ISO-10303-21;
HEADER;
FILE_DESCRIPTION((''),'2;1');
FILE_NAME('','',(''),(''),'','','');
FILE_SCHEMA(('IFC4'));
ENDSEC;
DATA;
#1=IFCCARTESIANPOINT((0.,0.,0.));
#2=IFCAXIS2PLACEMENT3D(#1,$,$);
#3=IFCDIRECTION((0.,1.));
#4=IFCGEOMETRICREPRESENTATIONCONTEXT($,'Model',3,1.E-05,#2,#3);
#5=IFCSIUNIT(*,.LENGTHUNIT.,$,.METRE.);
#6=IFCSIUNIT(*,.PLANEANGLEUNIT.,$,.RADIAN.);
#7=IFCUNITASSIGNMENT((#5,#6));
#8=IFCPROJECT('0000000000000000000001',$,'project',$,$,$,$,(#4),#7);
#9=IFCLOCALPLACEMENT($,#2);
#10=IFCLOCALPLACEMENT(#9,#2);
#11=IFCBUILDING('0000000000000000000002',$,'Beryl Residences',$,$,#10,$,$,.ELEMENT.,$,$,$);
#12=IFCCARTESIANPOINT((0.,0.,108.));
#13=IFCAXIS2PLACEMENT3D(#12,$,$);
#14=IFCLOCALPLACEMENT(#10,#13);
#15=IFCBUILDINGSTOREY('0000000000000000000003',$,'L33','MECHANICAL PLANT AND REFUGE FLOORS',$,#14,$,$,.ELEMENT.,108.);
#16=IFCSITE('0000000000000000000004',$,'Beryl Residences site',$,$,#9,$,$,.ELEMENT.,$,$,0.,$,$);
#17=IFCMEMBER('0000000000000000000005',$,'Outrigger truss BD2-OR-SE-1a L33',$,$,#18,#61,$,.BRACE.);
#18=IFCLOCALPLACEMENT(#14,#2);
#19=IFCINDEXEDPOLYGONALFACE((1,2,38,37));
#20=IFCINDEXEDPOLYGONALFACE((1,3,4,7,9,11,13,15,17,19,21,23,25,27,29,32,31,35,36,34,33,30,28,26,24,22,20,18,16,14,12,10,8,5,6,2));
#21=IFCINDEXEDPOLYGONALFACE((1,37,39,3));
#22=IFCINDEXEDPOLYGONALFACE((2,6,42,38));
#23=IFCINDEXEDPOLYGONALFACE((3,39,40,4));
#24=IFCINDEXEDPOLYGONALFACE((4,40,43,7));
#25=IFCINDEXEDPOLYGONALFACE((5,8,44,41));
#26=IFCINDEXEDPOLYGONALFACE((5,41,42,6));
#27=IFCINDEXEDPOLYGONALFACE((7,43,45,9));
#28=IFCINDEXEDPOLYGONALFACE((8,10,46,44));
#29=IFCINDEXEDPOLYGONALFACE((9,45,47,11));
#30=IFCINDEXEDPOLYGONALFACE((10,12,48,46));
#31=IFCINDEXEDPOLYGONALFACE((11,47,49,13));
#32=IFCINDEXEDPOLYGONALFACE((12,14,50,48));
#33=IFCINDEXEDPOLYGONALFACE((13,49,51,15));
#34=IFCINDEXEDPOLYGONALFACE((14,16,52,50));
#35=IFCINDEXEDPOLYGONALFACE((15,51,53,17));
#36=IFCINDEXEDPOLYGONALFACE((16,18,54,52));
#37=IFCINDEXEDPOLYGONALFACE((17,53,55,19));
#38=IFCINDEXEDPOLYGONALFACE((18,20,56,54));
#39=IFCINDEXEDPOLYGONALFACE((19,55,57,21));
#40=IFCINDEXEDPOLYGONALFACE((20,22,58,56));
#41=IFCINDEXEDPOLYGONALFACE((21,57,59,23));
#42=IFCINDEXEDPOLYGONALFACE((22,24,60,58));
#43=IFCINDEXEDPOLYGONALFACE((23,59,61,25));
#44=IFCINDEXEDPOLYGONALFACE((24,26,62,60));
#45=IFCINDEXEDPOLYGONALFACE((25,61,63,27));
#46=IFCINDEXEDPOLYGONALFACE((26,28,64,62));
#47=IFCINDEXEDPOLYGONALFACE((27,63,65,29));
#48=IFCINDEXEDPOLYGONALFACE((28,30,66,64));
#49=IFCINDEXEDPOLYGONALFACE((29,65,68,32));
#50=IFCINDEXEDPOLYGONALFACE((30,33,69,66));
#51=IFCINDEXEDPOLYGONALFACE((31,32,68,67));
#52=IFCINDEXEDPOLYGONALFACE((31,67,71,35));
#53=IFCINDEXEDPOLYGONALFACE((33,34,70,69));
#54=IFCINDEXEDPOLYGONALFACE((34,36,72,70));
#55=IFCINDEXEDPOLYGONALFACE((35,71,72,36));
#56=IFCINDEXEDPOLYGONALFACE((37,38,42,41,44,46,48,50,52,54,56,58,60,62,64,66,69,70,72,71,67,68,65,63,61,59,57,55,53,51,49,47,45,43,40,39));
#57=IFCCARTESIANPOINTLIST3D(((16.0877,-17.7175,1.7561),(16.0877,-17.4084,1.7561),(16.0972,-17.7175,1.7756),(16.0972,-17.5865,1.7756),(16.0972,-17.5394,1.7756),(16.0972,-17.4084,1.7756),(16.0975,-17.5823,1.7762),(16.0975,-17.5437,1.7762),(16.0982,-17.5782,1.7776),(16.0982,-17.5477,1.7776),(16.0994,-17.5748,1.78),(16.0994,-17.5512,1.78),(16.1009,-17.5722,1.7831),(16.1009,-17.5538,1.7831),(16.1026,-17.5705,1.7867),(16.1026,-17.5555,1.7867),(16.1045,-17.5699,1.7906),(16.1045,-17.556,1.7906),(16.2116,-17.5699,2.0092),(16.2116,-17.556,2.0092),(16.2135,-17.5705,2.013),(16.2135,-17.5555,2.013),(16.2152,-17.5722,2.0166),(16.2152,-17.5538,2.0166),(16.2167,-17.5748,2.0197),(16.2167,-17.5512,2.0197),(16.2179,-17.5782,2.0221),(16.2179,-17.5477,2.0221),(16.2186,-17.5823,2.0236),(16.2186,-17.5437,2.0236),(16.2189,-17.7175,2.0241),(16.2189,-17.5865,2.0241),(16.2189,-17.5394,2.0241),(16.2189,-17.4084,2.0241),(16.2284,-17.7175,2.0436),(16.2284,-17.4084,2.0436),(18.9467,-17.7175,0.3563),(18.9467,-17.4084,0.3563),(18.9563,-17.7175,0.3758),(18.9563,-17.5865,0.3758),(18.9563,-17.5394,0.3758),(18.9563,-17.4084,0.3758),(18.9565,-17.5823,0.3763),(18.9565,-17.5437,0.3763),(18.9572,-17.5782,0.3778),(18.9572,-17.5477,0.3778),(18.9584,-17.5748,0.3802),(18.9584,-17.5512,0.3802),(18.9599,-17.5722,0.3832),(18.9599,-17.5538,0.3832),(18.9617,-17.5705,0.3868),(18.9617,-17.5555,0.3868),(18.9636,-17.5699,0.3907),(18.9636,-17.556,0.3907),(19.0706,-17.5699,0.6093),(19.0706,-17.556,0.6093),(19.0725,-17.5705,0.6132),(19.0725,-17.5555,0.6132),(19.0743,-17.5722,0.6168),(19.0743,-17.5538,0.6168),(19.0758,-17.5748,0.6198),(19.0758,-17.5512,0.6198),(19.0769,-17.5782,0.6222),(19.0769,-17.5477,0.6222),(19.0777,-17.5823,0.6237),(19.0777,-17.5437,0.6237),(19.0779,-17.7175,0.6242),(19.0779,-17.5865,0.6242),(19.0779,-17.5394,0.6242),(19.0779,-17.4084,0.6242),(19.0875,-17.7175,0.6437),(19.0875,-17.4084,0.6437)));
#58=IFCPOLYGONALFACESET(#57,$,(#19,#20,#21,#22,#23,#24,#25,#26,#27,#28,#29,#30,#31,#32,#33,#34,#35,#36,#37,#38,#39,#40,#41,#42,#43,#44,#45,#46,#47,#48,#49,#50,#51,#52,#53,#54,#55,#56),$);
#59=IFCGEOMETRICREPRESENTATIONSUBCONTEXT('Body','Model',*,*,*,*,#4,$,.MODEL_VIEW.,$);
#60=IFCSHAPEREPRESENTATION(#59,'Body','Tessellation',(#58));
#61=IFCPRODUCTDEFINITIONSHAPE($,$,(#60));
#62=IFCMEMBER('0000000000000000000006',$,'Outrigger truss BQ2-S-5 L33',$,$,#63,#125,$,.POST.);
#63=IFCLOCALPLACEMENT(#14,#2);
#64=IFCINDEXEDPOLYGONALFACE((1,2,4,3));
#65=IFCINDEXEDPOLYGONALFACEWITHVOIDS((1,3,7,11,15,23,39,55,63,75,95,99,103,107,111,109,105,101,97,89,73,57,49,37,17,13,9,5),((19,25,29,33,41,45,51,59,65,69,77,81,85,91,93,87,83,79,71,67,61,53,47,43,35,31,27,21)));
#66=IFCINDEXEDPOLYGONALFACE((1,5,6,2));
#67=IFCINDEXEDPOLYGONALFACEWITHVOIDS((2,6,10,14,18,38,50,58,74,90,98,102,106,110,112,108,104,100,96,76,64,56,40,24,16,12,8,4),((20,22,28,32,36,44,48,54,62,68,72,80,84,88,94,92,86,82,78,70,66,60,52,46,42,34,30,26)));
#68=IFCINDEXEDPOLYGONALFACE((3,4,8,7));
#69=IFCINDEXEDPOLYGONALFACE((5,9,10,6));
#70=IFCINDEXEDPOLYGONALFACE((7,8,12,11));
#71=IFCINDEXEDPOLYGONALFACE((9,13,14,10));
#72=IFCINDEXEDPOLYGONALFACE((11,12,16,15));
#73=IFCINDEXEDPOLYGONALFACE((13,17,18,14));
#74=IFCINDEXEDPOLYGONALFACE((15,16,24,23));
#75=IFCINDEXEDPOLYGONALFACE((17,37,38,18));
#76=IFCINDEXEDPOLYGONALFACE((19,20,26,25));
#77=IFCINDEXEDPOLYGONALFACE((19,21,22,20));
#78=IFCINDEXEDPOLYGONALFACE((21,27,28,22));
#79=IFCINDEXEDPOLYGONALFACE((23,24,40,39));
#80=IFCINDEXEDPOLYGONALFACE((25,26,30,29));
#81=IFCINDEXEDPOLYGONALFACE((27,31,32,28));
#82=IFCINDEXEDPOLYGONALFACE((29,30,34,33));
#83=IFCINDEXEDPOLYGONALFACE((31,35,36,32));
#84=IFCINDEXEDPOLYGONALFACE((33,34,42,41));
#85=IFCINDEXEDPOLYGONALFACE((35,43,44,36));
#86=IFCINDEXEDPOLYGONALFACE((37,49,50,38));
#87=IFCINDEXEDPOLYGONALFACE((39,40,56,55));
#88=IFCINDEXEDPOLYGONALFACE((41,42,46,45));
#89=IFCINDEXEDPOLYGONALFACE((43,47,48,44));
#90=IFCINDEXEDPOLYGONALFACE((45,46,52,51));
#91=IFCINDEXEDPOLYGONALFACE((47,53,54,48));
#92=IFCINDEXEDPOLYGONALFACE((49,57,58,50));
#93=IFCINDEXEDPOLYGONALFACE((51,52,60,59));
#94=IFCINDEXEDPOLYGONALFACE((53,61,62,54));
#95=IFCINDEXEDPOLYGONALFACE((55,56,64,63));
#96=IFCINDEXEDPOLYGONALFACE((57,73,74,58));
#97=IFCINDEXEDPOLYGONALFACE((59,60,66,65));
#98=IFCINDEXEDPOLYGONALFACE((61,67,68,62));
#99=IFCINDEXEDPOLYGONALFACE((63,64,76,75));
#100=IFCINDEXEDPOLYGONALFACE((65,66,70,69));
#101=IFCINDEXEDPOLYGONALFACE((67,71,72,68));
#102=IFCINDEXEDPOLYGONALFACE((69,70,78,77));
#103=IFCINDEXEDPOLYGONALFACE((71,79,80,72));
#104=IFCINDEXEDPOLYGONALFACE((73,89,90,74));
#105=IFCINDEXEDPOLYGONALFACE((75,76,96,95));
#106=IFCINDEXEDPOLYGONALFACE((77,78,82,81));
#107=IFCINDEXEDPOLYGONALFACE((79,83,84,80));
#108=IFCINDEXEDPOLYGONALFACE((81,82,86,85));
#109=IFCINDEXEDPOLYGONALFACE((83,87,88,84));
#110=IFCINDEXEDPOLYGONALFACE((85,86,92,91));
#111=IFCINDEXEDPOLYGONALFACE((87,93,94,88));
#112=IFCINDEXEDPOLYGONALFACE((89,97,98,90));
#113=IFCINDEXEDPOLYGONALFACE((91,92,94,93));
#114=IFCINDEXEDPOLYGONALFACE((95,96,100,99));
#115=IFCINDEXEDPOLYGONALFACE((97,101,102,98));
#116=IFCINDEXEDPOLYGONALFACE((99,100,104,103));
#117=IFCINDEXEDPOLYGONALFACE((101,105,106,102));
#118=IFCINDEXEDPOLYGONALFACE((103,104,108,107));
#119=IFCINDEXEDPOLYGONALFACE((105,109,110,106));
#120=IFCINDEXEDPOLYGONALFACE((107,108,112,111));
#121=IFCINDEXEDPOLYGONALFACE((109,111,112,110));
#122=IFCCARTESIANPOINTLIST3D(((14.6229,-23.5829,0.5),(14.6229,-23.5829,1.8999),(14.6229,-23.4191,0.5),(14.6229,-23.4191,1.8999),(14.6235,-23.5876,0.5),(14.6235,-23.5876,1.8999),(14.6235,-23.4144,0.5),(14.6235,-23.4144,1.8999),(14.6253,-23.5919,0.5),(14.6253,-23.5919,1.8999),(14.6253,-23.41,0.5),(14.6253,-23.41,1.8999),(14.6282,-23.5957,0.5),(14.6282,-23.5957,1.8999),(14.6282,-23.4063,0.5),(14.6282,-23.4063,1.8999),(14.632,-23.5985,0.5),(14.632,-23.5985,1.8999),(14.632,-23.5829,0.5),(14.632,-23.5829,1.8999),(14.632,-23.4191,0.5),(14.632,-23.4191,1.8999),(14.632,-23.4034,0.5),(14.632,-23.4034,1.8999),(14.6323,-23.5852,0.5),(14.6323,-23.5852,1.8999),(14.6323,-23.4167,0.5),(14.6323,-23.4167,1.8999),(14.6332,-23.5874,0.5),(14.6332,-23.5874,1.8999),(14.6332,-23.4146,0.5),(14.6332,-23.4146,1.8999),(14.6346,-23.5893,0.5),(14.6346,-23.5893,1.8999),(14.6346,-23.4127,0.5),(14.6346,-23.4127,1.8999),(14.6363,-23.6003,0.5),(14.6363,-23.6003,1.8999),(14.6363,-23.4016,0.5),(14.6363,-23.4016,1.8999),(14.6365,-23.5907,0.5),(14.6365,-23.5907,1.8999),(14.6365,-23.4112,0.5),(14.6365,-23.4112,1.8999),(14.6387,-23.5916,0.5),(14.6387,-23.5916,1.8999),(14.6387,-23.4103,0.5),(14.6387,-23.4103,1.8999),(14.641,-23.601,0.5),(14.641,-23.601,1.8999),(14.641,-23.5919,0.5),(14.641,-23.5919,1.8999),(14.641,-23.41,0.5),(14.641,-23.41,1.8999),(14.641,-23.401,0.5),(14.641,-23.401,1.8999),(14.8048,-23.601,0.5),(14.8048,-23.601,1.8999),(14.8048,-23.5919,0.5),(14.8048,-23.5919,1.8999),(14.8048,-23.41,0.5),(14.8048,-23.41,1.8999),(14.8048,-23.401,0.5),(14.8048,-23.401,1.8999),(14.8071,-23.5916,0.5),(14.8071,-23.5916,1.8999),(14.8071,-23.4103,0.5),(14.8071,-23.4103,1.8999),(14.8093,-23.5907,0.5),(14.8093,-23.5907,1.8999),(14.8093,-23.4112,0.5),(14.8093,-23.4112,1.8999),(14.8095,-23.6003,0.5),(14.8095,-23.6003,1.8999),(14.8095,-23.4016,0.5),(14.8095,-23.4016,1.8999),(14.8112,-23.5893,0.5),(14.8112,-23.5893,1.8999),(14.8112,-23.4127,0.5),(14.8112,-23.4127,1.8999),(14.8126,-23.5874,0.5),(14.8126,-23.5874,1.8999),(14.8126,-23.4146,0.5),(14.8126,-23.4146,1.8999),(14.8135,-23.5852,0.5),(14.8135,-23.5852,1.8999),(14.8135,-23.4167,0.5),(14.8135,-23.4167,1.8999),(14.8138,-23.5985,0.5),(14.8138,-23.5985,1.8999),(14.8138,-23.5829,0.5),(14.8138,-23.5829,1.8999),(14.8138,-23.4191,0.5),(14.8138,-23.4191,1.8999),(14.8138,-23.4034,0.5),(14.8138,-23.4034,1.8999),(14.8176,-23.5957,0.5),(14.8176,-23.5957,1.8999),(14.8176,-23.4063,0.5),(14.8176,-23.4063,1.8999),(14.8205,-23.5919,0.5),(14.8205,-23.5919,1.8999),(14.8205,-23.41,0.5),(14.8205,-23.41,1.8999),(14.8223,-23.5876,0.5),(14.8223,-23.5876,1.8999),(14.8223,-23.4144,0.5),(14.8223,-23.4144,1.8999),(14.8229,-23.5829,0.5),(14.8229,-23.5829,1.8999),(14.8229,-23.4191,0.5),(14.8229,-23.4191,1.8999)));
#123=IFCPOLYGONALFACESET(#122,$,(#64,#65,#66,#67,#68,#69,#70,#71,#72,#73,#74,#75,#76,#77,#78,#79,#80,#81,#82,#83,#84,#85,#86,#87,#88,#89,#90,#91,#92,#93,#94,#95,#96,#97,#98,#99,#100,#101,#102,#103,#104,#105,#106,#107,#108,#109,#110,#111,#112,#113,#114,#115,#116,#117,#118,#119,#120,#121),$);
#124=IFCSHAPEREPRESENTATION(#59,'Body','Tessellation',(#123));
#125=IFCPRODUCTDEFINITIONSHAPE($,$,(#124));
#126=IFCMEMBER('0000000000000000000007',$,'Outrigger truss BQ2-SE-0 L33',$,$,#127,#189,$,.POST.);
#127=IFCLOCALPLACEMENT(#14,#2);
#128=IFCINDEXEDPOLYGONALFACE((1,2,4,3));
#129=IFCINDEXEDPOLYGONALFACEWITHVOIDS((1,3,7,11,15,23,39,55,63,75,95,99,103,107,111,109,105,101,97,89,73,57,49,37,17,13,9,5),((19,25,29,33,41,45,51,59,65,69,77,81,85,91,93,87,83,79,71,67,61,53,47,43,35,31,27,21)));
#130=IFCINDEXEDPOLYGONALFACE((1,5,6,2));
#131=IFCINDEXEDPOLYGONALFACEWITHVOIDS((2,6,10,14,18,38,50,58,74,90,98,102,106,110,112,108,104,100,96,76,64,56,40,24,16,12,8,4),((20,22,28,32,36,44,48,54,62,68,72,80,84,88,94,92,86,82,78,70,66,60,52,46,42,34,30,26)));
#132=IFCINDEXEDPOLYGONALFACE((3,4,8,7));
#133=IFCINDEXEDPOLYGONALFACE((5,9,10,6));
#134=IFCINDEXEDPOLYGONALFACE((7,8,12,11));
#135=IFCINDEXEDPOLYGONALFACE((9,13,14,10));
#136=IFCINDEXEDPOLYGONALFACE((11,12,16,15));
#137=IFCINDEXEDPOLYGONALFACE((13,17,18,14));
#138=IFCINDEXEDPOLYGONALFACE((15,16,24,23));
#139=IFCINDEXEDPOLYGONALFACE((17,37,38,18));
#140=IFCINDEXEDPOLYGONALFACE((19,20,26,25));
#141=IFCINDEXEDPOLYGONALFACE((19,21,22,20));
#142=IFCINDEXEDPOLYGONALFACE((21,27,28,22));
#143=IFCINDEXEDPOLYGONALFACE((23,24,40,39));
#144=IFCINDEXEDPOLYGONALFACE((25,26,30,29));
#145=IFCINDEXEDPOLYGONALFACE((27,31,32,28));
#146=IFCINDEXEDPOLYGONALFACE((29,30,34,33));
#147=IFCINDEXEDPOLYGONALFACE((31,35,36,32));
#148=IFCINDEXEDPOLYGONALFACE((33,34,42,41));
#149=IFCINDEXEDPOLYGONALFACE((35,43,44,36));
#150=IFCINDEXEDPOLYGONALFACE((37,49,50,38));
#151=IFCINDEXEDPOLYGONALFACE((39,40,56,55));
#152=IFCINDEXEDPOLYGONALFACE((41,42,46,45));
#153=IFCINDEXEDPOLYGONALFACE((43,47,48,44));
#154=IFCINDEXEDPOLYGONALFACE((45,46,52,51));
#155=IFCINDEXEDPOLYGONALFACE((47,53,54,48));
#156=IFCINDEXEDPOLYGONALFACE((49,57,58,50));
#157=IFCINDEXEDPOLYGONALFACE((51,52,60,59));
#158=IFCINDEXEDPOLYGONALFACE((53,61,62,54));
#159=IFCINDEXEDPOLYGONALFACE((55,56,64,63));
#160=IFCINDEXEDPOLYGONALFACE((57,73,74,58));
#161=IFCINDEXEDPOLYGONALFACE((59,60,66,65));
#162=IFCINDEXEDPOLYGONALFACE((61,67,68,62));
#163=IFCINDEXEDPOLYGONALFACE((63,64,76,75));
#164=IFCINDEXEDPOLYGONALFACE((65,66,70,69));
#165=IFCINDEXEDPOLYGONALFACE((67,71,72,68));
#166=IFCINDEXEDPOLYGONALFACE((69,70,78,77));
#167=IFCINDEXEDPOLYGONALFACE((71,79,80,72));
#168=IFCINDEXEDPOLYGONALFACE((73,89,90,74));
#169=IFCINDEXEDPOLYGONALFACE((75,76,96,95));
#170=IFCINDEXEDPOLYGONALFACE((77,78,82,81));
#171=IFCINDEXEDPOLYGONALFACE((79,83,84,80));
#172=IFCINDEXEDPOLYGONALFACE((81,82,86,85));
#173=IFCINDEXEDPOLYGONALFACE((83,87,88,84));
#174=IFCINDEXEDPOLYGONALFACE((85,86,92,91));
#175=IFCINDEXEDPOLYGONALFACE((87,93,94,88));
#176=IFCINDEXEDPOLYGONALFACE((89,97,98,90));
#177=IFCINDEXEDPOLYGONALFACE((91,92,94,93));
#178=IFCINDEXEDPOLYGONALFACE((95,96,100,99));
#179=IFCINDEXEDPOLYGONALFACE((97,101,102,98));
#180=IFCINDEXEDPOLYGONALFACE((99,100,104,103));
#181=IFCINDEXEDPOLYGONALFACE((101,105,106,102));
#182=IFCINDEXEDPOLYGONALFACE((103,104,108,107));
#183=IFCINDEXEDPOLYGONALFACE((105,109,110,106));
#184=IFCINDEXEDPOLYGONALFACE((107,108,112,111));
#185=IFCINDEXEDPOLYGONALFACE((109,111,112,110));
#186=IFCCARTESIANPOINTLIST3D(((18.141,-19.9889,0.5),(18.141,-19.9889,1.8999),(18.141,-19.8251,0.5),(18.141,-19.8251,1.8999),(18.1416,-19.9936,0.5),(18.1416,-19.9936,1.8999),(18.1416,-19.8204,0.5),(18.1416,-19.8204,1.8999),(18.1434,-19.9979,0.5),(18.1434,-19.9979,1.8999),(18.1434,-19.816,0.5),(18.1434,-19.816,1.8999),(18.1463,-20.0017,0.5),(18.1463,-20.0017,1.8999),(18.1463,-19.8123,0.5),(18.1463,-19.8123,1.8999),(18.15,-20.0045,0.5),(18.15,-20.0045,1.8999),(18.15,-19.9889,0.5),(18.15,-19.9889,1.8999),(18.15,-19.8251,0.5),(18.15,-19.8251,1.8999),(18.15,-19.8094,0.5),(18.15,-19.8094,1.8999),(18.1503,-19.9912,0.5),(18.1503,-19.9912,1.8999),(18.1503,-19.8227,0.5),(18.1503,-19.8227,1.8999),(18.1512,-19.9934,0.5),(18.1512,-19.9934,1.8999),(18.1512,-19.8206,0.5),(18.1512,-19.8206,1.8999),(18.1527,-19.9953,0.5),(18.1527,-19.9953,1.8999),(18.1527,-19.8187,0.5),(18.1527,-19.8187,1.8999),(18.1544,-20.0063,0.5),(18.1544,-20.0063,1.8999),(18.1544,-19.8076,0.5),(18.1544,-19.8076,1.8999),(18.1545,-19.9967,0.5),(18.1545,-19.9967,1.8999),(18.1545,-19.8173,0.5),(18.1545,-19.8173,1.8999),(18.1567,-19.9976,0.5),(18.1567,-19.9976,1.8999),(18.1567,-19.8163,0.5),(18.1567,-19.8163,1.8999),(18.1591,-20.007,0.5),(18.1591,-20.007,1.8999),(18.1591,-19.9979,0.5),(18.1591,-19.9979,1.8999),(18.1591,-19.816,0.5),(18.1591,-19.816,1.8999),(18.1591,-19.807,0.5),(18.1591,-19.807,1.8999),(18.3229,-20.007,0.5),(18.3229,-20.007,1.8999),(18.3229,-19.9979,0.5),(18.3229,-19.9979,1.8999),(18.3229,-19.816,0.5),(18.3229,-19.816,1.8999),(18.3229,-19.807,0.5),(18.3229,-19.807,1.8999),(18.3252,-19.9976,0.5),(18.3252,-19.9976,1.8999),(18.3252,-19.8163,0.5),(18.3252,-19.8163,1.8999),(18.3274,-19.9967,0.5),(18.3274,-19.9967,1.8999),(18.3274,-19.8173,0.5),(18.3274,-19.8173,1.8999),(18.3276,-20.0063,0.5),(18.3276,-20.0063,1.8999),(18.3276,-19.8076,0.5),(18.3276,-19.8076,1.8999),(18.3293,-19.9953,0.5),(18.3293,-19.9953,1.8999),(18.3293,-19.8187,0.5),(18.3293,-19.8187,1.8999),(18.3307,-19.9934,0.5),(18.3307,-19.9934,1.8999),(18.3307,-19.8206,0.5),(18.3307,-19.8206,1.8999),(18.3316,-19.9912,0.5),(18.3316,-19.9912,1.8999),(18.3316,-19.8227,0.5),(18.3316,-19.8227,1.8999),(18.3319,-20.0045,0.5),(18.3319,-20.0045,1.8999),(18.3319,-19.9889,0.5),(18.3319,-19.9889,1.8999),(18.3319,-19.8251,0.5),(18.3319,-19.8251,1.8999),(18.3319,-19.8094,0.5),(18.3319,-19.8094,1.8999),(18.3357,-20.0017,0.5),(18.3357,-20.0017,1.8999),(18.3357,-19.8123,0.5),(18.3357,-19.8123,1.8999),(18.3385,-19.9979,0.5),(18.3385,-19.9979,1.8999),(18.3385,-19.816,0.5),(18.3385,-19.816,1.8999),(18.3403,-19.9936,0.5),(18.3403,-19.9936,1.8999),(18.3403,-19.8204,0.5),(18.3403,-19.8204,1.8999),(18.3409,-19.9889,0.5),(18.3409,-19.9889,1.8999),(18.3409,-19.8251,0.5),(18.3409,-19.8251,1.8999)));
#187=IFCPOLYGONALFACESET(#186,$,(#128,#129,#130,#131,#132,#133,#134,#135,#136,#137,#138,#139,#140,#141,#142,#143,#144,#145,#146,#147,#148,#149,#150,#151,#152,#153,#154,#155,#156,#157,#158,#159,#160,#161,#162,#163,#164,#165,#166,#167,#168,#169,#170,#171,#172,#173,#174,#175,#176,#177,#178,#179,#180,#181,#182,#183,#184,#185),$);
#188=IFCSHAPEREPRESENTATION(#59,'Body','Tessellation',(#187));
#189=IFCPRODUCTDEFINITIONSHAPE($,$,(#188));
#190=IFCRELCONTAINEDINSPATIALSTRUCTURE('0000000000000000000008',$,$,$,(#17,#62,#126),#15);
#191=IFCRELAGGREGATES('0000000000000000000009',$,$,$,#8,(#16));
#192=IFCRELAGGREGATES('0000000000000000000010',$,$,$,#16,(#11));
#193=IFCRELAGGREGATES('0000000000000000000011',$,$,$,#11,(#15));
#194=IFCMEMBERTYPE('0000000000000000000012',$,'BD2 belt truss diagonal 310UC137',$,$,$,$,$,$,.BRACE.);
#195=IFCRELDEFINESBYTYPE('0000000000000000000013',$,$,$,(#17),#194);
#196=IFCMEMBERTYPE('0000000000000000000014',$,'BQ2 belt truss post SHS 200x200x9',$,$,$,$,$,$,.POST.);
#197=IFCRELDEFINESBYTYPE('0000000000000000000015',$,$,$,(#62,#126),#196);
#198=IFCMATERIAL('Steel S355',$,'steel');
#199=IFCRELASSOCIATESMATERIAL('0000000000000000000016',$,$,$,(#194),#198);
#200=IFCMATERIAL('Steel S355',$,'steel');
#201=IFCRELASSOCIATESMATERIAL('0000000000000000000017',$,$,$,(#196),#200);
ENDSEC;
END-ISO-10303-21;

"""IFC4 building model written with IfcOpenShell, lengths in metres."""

from ifc_helpers import new_model, si_unit, direction, frame, origin, origin_2d, place, context, subcontext, project, spatial, hollow_rectangle, i_section, extrude, material, material_profile, profile_set, type_object, element, save


model = new_model("IFC4")

# Units and contexts
model_context = context("Model", 3, precision=1e-05, world=origin(), true_north=direction((0.0, 1.0)))
body_context = subcontext(model_context, "Body", "Model", "MODEL_VIEW")
ifc_project = project(units=[si_unit("LENGTHUNIT", "METRE"), si_unit("PLANEANGLEUNIT", "RADIAN")], contexts=[model_context])

# Site, building, storey
site_placement = place(None, origin())
site = spatial("IfcSite", under=ifc_project, at=site_placement, Name="Beryl Residences site", CompositionType="ELEMENT", RefElevation=0.0)
building_placement = place(site_placement, origin())
building = spatial("IfcBuilding", under=site, at=building_placement, Name="Beryl Residences", CompositionType="ELEMENT")
storey_placement = place(building_placement, frame((0.0, 0.0, 108.0)))
storey = spatial("IfcBuildingStorey", under=building, at=storey_placement, Name="L33", Description="MECHANICAL PLANT AND REFUGE FLOORS", CompositionType="ELEMENT", Elevation=108.0)

# Members
ifc_material_1 = material(Name="Steel S355", Category="steel")
ifc_material_profile_1 = material_profile(ifc_material_1, i_section(OverallWidth=0.3091, OverallDepth=0.3201, WebThickness=0.0139, FlangeThickness=0.0217, FilletRadius=0.0166, at=origin_2d()))
ifc_profile_set_1 = profile_set([ifc_material_profile_1], Name="Steel S355")
member_type_1 = type_object("IfcMemberType", Name="BD2 belt truss diagonal 310UC137", PredefinedType="BRACE", material=ifc_profile_set_1)
member_1_placement = place(storey_placement, frame((19.0171, -17.563, 0.5), z_axis=(-0.898123, 0.0, 0.439744), x_axis=(0.0, -1.0, 0.0)))
element("IfcMember", 1, at=member_1_placement, inside=storey, type_object=member_type_1, Name="Outrigger truss BD2-OR-SE-1a L33", PredefinedType="BRACE", context=body_context, shape_type="SweptSolid", body=[
    extrude(i_section(OverallWidth=0.3091, OverallDepth=0.3201, WebThickness=0.0139, FlangeThickness=0.0217, FilletRadius=0.0166, at=origin_2d()), origin(), (0.0, 0.0, 1.0), 3.1833),
])
ifc_material_2 = material(Name="Steel S355", Category="steel")
ifc_material_profile_2 = material_profile(ifc_material_2, hollow_rectangle(XDim=0.2, YDim=0.2, WallThickness=0.009, InnerFilletRadius=0.009, OuterFilletRadius=0.0181, at=origin_2d()))
ifc_profile_set_2 = profile_set([ifc_material_profile_2], Name="Steel S355")
member_type_2 = type_object("IfcMemberType", Name="BQ2 belt truss post SHS 200x200x9", PredefinedType="POST", material=ifc_profile_set_2)
for number, where, z_axis, x_axis, name in (
    (2, (14.7229, -23.501, 0.5), (0.0, 0.0, 1.0), (1.0, 0.0, 0.0), "Outrigger truss BQ2-S-5 L33"),
    (3, (18.241, -19.907, 0.5), (0.0, 0.0, 1.0), (1.0, 0.0, 0.0), "Outrigger truss BQ2-SE-0 L33"),
):
    element("IfcMember", number, at=place(storey_placement, frame(where, z_axis=z_axis, x_axis=x_axis)), inside=storey, type_object=member_type_2, Name=name, PredefinedType="POST", context=body_context, shape_type="SweptSolid", body=[
        extrude(hollow_rectangle(XDim=0.2, YDim=0.2, WallThickness=0.009, InnerFilletRadius=0.009, OuterFilletRadius=0.0181, at=origin_2d()), origin(), (0.0, 0.0, 1.0), 1.3999),
    ])

save(model, "model.ifc")
